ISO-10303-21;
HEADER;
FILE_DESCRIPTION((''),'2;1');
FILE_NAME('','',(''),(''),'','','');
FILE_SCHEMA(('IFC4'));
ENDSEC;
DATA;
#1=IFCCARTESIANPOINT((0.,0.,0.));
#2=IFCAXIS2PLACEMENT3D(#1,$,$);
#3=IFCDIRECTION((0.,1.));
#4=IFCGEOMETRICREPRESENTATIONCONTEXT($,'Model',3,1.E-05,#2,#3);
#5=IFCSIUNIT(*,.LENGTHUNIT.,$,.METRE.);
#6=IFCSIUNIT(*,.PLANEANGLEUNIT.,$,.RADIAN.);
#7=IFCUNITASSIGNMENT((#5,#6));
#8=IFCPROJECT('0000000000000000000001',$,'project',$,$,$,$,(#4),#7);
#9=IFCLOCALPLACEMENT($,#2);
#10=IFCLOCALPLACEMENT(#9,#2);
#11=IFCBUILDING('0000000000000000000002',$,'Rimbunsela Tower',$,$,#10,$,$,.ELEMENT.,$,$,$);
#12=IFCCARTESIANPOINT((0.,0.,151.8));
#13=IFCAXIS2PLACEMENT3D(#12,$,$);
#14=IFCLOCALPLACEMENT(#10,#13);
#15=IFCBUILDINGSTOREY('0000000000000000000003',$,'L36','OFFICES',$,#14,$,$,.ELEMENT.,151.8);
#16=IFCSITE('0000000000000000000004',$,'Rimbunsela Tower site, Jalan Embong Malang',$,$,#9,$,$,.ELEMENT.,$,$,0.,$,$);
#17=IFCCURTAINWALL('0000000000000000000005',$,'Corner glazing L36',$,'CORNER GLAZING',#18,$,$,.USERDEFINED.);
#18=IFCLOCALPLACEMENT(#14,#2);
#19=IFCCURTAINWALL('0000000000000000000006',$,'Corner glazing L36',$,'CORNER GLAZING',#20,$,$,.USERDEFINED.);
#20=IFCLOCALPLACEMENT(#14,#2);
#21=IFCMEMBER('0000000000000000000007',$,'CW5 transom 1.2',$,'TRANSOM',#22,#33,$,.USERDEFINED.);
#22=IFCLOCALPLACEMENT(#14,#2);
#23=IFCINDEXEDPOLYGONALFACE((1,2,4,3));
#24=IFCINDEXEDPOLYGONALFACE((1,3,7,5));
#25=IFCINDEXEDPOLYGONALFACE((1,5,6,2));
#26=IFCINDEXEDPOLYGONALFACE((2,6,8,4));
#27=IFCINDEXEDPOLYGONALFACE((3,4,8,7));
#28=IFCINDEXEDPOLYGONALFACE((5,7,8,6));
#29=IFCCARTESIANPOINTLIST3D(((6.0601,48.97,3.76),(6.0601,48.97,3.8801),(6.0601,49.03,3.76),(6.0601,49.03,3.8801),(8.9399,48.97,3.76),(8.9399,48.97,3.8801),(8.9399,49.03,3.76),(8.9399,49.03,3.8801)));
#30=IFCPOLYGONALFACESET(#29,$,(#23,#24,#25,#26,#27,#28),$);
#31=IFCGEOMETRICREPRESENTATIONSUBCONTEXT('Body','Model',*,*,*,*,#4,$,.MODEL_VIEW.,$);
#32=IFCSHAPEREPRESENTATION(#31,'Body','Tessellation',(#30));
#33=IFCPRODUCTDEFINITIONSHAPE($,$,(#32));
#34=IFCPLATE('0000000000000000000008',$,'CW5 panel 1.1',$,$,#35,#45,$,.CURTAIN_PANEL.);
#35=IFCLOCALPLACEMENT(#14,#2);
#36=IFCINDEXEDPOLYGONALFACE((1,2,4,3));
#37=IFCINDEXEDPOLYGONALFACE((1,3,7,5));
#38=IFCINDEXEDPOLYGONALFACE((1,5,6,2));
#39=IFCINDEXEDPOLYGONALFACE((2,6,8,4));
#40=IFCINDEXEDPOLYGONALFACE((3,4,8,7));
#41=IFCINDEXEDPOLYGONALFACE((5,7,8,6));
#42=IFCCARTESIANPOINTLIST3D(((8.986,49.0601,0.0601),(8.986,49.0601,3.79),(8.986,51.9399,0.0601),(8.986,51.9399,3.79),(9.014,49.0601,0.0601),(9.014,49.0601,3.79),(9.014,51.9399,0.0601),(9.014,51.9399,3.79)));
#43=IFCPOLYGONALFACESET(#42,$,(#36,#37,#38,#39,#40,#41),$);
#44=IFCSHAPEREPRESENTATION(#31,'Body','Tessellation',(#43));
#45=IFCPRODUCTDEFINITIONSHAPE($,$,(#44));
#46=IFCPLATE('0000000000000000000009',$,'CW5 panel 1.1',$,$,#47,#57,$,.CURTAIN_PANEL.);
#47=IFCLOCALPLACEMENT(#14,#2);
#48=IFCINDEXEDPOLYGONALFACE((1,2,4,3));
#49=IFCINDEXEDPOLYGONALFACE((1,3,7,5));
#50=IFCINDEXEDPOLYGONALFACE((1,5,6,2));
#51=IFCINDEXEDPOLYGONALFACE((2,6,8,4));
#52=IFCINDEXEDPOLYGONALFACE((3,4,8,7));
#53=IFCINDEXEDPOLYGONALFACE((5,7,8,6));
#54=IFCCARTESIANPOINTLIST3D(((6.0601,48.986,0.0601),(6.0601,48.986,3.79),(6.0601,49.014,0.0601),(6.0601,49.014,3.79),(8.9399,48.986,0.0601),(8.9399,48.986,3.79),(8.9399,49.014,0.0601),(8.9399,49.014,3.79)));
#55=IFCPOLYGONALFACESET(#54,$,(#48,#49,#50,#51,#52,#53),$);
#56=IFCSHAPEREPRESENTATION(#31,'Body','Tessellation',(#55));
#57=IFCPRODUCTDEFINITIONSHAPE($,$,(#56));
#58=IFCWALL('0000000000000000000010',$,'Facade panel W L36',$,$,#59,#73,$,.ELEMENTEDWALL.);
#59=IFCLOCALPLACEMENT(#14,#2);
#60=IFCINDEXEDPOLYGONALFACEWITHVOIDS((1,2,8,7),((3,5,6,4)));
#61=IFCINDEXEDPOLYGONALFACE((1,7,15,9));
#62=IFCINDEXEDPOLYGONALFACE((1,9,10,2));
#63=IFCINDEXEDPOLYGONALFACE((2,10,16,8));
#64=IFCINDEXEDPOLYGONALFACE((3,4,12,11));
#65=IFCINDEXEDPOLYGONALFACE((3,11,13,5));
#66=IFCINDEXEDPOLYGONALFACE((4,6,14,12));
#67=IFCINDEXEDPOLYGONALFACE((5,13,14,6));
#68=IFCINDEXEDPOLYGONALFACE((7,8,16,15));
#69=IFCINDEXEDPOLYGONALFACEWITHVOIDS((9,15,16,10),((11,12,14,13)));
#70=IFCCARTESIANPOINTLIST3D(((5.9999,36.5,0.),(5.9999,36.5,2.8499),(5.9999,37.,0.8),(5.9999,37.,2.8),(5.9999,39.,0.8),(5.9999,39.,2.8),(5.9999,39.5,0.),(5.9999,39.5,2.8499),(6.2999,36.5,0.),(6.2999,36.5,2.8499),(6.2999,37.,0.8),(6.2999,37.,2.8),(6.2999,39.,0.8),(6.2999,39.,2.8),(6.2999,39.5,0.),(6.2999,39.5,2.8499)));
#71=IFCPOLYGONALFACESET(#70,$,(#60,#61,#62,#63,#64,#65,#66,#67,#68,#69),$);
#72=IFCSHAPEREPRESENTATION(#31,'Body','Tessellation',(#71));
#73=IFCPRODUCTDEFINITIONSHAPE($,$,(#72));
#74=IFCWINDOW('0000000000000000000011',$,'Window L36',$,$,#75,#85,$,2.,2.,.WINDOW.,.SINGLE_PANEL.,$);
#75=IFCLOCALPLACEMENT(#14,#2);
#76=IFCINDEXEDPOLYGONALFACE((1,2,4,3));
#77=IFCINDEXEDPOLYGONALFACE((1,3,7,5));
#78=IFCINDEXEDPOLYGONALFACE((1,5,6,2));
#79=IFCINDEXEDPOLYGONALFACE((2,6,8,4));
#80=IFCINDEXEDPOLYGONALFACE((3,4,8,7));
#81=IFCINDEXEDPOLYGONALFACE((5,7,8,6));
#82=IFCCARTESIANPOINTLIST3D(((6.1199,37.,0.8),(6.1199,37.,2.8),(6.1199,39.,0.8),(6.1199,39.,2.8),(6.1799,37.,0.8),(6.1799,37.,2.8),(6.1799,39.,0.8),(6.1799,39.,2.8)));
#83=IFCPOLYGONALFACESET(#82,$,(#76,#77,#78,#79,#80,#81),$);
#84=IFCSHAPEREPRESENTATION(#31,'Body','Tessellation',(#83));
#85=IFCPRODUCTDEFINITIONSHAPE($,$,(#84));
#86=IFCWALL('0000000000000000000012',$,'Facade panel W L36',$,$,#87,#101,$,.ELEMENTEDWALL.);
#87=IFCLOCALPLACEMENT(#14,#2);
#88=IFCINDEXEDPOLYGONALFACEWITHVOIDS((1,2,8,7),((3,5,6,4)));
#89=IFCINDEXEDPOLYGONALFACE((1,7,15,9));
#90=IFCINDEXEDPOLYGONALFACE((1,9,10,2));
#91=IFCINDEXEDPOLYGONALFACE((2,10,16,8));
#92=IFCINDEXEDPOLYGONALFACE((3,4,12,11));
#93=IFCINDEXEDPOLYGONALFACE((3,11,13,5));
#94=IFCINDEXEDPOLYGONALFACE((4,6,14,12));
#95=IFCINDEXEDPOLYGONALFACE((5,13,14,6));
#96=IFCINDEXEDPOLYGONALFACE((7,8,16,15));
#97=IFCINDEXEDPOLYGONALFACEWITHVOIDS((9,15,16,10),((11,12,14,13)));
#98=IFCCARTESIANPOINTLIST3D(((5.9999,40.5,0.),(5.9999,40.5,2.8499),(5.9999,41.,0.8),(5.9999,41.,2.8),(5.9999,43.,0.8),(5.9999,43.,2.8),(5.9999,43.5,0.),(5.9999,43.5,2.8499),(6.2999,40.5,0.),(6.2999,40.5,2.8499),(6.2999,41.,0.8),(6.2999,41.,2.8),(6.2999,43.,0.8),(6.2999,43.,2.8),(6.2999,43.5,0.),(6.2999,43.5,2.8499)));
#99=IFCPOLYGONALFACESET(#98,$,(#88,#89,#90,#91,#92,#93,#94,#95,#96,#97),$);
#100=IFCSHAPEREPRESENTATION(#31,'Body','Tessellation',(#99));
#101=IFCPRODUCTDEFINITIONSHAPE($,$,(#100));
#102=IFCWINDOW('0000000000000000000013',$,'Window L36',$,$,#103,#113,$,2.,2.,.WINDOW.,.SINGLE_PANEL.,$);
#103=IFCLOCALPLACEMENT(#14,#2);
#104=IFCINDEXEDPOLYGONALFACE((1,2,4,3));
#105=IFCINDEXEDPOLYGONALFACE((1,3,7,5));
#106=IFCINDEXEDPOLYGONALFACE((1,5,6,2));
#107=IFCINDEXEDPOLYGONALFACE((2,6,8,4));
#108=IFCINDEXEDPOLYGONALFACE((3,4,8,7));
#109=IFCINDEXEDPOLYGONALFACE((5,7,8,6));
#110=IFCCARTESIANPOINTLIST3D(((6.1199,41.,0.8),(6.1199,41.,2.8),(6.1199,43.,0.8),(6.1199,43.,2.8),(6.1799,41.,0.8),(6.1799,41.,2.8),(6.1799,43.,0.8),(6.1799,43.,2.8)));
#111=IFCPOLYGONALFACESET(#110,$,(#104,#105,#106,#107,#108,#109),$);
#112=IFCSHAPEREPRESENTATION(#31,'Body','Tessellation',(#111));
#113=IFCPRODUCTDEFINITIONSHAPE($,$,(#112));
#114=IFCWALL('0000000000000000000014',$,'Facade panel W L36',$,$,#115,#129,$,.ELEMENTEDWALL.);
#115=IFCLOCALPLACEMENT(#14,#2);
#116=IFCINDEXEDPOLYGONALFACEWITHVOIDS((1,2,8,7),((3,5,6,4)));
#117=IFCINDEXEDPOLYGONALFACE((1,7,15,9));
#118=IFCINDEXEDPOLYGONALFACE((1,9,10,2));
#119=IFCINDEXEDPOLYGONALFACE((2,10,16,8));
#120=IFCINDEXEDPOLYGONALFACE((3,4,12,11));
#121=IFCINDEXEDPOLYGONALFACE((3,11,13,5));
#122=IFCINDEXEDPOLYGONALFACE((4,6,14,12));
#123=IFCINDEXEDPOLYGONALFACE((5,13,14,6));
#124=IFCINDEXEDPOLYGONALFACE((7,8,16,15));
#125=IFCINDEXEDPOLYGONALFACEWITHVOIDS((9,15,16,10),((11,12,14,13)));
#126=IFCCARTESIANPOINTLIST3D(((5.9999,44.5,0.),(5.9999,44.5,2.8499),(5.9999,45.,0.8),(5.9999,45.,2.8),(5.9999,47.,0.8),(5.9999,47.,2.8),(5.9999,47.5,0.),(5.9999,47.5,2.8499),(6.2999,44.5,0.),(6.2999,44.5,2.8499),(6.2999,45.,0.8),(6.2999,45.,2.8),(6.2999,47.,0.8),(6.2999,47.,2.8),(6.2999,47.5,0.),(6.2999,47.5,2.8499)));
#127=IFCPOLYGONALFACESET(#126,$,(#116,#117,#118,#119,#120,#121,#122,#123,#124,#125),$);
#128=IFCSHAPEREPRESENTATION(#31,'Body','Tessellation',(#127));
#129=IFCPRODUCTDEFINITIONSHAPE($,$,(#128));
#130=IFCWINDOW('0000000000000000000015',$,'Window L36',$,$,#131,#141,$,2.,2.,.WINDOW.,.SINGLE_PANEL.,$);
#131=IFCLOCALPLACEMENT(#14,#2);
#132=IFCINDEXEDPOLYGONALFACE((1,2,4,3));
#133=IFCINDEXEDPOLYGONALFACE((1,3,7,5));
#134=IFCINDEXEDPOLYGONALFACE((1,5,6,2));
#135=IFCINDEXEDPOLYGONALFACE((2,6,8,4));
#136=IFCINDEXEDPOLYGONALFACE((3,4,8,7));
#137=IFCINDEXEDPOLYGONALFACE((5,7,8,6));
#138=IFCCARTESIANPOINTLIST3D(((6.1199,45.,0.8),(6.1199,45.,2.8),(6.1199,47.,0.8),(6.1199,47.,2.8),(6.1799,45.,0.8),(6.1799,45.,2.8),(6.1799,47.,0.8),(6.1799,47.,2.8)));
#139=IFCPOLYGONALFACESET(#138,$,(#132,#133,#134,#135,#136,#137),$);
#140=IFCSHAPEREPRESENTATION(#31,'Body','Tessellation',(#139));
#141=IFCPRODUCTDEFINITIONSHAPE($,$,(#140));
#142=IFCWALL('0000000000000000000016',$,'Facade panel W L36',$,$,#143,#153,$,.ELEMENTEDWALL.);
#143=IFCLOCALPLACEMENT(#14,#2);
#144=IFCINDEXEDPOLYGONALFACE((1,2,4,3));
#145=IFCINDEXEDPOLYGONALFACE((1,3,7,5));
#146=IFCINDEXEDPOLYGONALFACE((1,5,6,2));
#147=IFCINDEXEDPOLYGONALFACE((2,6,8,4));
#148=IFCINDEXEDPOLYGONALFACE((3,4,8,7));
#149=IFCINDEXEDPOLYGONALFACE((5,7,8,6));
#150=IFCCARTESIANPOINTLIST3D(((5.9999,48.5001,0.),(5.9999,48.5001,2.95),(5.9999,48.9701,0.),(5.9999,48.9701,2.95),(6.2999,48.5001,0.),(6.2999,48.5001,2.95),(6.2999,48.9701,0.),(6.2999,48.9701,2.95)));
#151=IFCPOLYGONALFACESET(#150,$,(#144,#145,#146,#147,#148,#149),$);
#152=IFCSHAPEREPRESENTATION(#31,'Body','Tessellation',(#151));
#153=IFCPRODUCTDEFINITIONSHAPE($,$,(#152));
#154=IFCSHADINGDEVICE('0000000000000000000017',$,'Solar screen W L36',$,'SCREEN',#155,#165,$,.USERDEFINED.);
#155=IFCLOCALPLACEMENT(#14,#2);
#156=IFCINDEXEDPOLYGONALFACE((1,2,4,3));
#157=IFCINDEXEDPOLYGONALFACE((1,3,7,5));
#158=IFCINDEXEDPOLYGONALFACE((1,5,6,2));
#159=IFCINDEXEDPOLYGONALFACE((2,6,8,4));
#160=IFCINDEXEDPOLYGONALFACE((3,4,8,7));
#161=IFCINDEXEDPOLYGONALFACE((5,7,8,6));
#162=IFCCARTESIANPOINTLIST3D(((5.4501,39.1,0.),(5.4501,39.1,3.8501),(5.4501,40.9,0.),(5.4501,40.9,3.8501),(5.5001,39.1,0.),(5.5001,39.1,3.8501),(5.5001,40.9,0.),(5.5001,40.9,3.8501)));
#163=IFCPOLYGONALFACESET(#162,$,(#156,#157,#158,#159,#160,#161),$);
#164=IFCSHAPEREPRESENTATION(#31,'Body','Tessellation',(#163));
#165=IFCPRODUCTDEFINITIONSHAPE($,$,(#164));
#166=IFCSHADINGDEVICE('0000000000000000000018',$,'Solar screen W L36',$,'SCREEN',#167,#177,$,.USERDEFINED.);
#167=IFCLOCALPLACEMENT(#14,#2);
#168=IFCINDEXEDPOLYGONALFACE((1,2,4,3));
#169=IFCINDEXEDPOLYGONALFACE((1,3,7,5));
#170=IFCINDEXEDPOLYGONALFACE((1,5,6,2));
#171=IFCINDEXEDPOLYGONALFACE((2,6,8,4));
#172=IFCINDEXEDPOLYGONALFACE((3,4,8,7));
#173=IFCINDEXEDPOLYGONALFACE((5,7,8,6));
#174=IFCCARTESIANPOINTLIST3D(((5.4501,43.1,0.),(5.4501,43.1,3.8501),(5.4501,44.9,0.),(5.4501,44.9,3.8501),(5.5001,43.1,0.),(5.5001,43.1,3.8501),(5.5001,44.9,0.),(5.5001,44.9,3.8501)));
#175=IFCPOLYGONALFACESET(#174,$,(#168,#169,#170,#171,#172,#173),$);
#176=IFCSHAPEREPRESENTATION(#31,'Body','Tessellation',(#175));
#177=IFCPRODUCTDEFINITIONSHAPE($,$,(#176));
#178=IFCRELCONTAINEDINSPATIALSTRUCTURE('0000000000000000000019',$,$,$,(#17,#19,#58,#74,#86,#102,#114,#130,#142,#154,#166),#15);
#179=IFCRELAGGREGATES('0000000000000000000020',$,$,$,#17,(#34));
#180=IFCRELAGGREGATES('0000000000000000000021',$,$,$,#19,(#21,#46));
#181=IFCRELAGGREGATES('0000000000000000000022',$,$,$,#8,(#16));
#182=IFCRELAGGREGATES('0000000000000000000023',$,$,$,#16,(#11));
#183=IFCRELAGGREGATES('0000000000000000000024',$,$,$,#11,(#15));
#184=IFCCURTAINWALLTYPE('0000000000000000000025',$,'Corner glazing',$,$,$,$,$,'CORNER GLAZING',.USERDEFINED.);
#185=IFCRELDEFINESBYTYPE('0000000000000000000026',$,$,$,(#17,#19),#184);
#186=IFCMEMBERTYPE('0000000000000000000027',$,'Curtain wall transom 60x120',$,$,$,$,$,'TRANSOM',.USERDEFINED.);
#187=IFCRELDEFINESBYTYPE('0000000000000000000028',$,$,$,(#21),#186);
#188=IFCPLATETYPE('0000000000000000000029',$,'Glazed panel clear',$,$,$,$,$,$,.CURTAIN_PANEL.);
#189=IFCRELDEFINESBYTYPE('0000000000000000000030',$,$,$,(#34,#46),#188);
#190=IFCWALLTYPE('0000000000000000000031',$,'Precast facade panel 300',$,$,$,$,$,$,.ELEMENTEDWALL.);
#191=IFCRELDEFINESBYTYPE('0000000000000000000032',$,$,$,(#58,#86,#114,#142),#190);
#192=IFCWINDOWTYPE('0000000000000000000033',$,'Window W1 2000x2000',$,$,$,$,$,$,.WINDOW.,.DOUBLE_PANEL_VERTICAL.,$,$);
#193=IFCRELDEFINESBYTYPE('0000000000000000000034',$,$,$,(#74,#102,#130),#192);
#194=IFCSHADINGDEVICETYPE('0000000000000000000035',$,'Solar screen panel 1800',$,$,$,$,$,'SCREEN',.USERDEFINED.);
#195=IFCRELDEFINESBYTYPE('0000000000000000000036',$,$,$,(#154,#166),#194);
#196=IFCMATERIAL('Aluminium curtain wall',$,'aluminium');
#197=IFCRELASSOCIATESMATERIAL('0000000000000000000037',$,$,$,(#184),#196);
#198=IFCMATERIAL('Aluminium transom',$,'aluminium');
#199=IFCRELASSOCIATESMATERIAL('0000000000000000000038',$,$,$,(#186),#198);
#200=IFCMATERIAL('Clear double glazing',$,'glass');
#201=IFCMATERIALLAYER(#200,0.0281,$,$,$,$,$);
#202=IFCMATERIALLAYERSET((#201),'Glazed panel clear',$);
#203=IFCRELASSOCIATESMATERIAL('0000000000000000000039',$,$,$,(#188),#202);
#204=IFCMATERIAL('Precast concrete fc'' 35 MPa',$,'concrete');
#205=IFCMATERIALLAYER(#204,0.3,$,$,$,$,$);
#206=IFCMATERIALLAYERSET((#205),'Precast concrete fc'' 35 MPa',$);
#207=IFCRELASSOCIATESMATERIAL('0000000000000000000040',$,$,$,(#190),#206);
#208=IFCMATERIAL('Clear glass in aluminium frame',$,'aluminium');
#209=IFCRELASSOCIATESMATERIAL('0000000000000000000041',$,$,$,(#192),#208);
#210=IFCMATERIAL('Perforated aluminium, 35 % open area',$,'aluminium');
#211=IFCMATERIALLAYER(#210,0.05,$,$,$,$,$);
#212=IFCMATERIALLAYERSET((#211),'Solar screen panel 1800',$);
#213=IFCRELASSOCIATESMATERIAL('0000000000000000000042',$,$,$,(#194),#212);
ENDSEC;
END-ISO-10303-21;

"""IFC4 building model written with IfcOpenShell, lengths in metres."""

from ifc_helpers import new_model, si_unit, direction, frame, frame_2d, origin, origin_2d, place, context, subcontext, project, spatial, rectangle, extrude, material, layer, layer_set, material_profile, profile_set, type_object, element, fill, aggregate, save


model = new_model("IFC4")

# Units and contexts
model_context = context("Model", 3, precision=1e-05, world=origin(), true_north=direction((0.0, 1.0)))
body_context = subcontext(model_context, "Body", "Model", "MODEL_VIEW")
ifc_project = project(units=[si_unit("LENGTHUNIT", "METRE"), si_unit("PLANEANGLEUNIT", "RADIAN")], contexts=[model_context])

# Site, building, storey
site_placement = place(None, origin())
site = spatial("IfcSite", under=ifc_project, at=site_placement, Name="Rimbunsela Tower site, Jalan Embong Malang", CompositionType="ELEMENT", RefElevation=0.0)
building_placement = place(site_placement, origin())
building = spatial("IfcBuilding", under=site, at=building_placement, Name="Rimbunsela Tower", CompositionType="ELEMENT")
storey_placement = place(building_placement, frame((0.0, 0.0, 151.8)))
storey = spatial("IfcBuildingStorey", under=building, at=storey_placement, Name="L36", Description="OFFICES", CompositionType="ELEMENT", Elevation=151.8)

# Curtain walls
ifc_material_1 = material(Name="Aluminium curtain wall", Category="aluminium")
curtain_wall_type = type_object("IfcCurtainWallType", Name="Corner glazing", ElementType="CORNER GLAZING", PredefinedType="USERDEFINED", material=ifc_material_1)
curtain_wall_1_placement = place(storey_placement, origin())
curtain_wall_1 = element("IfcCurtainWall", 1, at=curtain_wall_1_placement, inside=storey, type_object=curtain_wall_type, Name="Corner glazing L36", ObjectType="CORNER GLAZING", PredefinedType="USERDEFINED")
curtain_wall_2_placement = place(storey_placement, origin())
curtain_wall_2 = element("IfcCurtainWall", 2, at=curtain_wall_2_placement, inside=storey, type_object=curtain_wall_type, Name="Corner glazing L36", ObjectType="CORNER GLAZING", PredefinedType="USERDEFINED")

# Member
ifc_material_2 = material(Name="Aluminium transom", Category="aluminium")
ifc_material_profile_1 = material_profile(ifc_material_2, rectangle(XDim=0.0601, YDim=0.1201, at=origin_2d()), Name="Transom 60x120")
ifc_profile_set_1 = profile_set([ifc_material_profile_1], Name="Aluminium transom")
member_type_1 = type_object("IfcMemberType", Name="Curtain wall transom 60x120", ElementType="TRANSOM", PredefinedType="USERDEFINED", material=ifc_profile_set_1)
member_1_placement = place(storey_placement, frame((8.9399, 49.0, 3.8201), z_axis=(-1.0, 0.0, 0.0), x_axis=(0.0, -1.0, 0.0)))
member_1 = element("IfcMember", 3, at=member_1_placement, type_object=member_type_1, Name="CW5 transom 1.2", ObjectType="TRANSOM", PredefinedType="USERDEFINED", context=body_context, shape_type="SweptSolid", body=[
    extrude(rectangle(XDim=0.0601, YDim=0.1201, at=origin_2d()), origin(), (0.0, 0.0, 1.0), 2.8799),
])

# Plates
ifc_material_3 = material(Name="Clear double glazing", Category="glass")
ifc_layer_1 = layer(ifc_material_3, 0.0281)
ifc_layer_set_1 = layer_set([ifc_layer_1], Name="Glazed panel clear")
plate_type = type_object("IfcPlateType", Name="Glazed panel clear", PredefinedType="CURTAIN_PANEL", material=ifc_layer_set_1)
plate_1_placement = place(storey_placement, frame((9.0, 50.5, 0.0601), z_axis=(0.0, 0.0, 1.0), x_axis=(0.0, -1.0, 0.0)))
plate_1 = element("IfcPlate", 4, at=plate_1_placement, type_object=plate_type, Name="CW5 panel 1.1", PredefinedType="CURTAIN_PANEL", context=body_context, shape_type="SweptSolid", body=[
    extrude(rectangle(XDim=2.8799, YDim=0.0281, at=origin_2d()), origin(), (0.0, 0.0, 1.0), 3.73),
])
aggregate(curtain_wall_1, [plate_1])
plate_2_placement = place(storey_placement, frame((7.5, 49.0, 0.0601), z_axis=(0.0, 0.0, 1.0), x_axis=(-1.0, 0.0, 0.0)))
plate_2 = element("IfcPlate", 5, at=plate_2_placement, type_object=plate_type, Name="CW5 panel 1.1", PredefinedType="CURTAIN_PANEL", context=body_context, shape_type="SweptSolid", body=[
    extrude(rectangle(XDim=2.8799, YDim=0.0281, at=origin_2d()), origin(), (0.0, 0.0, 1.0), 3.73),
])
aggregate(curtain_wall_2, [member_1, plate_2])

# Walls, openings, windows
ifc_material_4 = material(Name="Precast concrete fc' 35 MPa", Category="concrete")
ifc_layer_2 = layer(ifc_material_4, 0.3)
ifc_layer_set_2 = layer_set([ifc_layer_2], Name="Precast concrete fc' 35 MPa")
wall_type = type_object("IfcWallType", Name="Precast facade panel 300", PredefinedType="ELEMENTEDWALL", material=ifc_layer_set_2)
wall_1_placement = place(storey_placement, frame((6.1499, 39.5, 0.0), z_axis=(0.0, 0.0, 1.0), x_axis=(0.0, -1.0, 0.0)))
wall_1 = element("IfcWall", 6, at=wall_1_placement, inside=storey, type_object=wall_type, Name="Facade panel W L36", PredefinedType="ELEMENTEDWALL", context=body_context, shape_type="SweptSolid", body=[
    extrude(rectangle(XDim=3.0, YDim=0.3, at=frame_2d((1.5, 0.0))), origin(), (0.0, 0.0, 1.0), 2.8499),
])
opening_1_placement = place(wall_1_placement, frame((0.5, 0.0, 0.8)))
opening_1 = element("IfcOpeningElement", 7, at=opening_1_placement, cuts=wall_1, PredefinedType="OPENING", context=body_context, shape_type="SweptSolid", body=[
    extrude(rectangle(XDim=2.0, YDim=2.0, at=frame_2d((1.0, 1.0))), frame((0.0, 0.1599, 0.0), z_axis=(0.0, -1.0, 0.0), x_axis=(1.0, 0.0, 0.0)), (0.0, 0.0, 1.0), 0.3201),
])
ifc_material_5 = material(Name="Clear glass in aluminium frame", Category="aluminium")
window_type = type_object("IfcWindowType", Name="Window W1 2000x2000", PartitioningType="DOUBLE_PANEL_VERTICAL", PredefinedType="WINDOW", material=ifc_material_5)
window_1_placement = place(opening_1_placement, origin())
window_1 = element("IfcWindow", 8, at=window_1_placement, inside=storey, type_object=window_type, Name="Window L36", OverallHeight=2.0, OverallWidth=2.0, PartitioningType="SINGLE_PANEL", PredefinedType="WINDOW", context=body_context, shape_type="SweptSolid", body=[
    extrude(rectangle(XDim=2.0, YDim=2.0, at=frame_2d((1.0, 1.0))), frame((0.0, 0.03, 0.0), z_axis=(0.0, -1.0, 0.0), x_axis=(1.0, 0.0, 0.0)), (0.0, 0.0, 1.0), 0.0601),
])
fill(opening_1, window_1)
wall_2_placement = place(storey_placement, frame((6.1499, 43.5, 0.0), z_axis=(0.0, 0.0, 1.0), x_axis=(0.0, -1.0, 0.0)))
wall_2 = element("IfcWall", 9, at=wall_2_placement, inside=storey, type_object=wall_type, Name="Facade panel W L36", PredefinedType="ELEMENTEDWALL", context=body_context, shape_type="SweptSolid", body=[
    extrude(rectangle(XDim=3.0, YDim=0.3, at=frame_2d((1.5, 0.0))), origin(), (0.0, 0.0, 1.0), 2.8499),
])
opening_2_placement = place(wall_2_placement, frame((0.5, 0.0, 0.8)))
opening_2 = element("IfcOpeningElement", 10, at=opening_2_placement, cuts=wall_2, PredefinedType="OPENING", context=body_context, shape_type="SweptSolid", body=[
    extrude(rectangle(XDim=2.0, YDim=2.0, at=frame_2d((1.0, 1.0))), frame((0.0, 0.1599, 0.0), z_axis=(0.0, -1.0, 0.0), x_axis=(1.0, 0.0, 0.0)), (0.0, 0.0, 1.0), 0.3201),
])
window_2_placement = place(opening_2_placement, origin())
window_2 = element("IfcWindow", 11, at=window_2_placement, inside=storey, type_object=window_type, Name="Window L36", OverallHeight=2.0, OverallWidth=2.0, PartitioningType="SINGLE_PANEL", PredefinedType="WINDOW", context=body_context, shape_type="SweptSolid", body=[
    extrude(rectangle(XDim=2.0, YDim=2.0, at=frame_2d((1.0, 1.0))), frame((0.0, 0.03, 0.0), z_axis=(0.0, -1.0, 0.0), x_axis=(1.0, 0.0, 0.0)), (0.0, 0.0, 1.0), 0.0601),
])
fill(opening_2, window_2)
wall_3_placement = place(storey_placement, frame((6.1499, 47.5, 0.0), z_axis=(0.0, 0.0, 1.0), x_axis=(0.0, -1.0, 0.0)))
wall_3 = element("IfcWall", 12, at=wall_3_placement, inside=storey, type_object=wall_type, Name="Facade panel W L36", PredefinedType="ELEMENTEDWALL", context=body_context, shape_type="SweptSolid", body=[
    extrude(rectangle(XDim=3.0, YDim=0.3, at=frame_2d((1.5, 0.0))), origin(), (0.0, 0.0, 1.0), 2.8499),
])
opening_3_placement = place(wall_3_placement, frame((0.5, 0.0, 0.8)))
opening_3 = element("IfcOpeningElement", 13, at=opening_3_placement, cuts=wall_3, PredefinedType="OPENING", context=body_context, shape_type="SweptSolid", body=[
    extrude(rectangle(XDim=2.0, YDim=2.0, at=frame_2d((1.0, 1.0))), frame((0.0, 0.1599, 0.0), z_axis=(0.0, -1.0, 0.0), x_axis=(1.0, 0.0, 0.0)), (0.0, 0.0, 1.0), 0.3201),
])
window_3_placement = place(opening_3_placement, origin())
window_3 = element("IfcWindow", 14, at=window_3_placement, inside=storey, type_object=window_type, Name="Window L36", OverallHeight=2.0, OverallWidth=2.0, PartitioningType="SINGLE_PANEL", PredefinedType="WINDOW", context=body_context, shape_type="SweptSolid", body=[
    extrude(rectangle(XDim=2.0, YDim=2.0, at=frame_2d((1.0, 1.0))), frame((0.0, 0.03, 0.0), z_axis=(0.0, -1.0, 0.0), x_axis=(1.0, 0.0, 0.0)), (0.0, 0.0, 1.0), 0.0601),
])
fill(opening_3, window_3)

# Wall
wall_4_placement = place(storey_placement, frame((6.1499, 48.97, 0.0), z_axis=(0.0, 0.0, 1.0), x_axis=(0.0, -1.0, 0.0)))
element("IfcWall", 15, at=wall_4_placement, inside=storey, type_object=wall_type, Name="Facade panel W L36", PredefinedType="ELEMENTEDWALL", context=body_context, shape_type="SweptSolid", body=[
    extrude(rectangle(XDim=0.47, YDim=0.3, at=frame_2d((0.2349, 0.0))), origin(), (0.0, 0.0, 1.0), 2.95),
])

# Shading devices
ifc_material_6 = material(Name="Perforated aluminium, 35 % open area", Category="aluminium")
ifc_layer_3 = layer(ifc_material_6, 0.05)
ifc_layer_set_3 = layer_set([ifc_layer_3], Name="Solar screen panel 1800")
shading_device_type = type_object("IfcShadingDeviceType", Name="Solar screen panel 1800", ElementType="SCREEN", PredefinedType="USERDEFINED", material=ifc_layer_set_3)
for number, where, z_axis, x_axis, name in (
    (16, (5.4751, 40.0, 0.0), (0.0, 0.0, 1.0), (0.0, 1.0, 0.0), "Solar screen W L36"),
    (17, (5.4751, 44.0, 0.0), (0.0, 0.0, 1.0), (0.0, 1.0, 0.0), "Solar screen W L36"),
):
    element("IfcShadingDevice", number, at=place(storey_placement, frame(where, z_axis=z_axis, x_axis=x_axis)), inside=storey, type_object=shading_device_type, Name=name, ObjectType="SCREEN", PredefinedType="USERDEFINED", context=body_context, shape_type="SweptSolid", body=[
        extrude(rectangle(XDim=1.8, YDim=0.05, at=origin_2d()), origin(), (0.0, 0.0, 1.0), 3.8501),
    ])

save(model, "model.ifc")
